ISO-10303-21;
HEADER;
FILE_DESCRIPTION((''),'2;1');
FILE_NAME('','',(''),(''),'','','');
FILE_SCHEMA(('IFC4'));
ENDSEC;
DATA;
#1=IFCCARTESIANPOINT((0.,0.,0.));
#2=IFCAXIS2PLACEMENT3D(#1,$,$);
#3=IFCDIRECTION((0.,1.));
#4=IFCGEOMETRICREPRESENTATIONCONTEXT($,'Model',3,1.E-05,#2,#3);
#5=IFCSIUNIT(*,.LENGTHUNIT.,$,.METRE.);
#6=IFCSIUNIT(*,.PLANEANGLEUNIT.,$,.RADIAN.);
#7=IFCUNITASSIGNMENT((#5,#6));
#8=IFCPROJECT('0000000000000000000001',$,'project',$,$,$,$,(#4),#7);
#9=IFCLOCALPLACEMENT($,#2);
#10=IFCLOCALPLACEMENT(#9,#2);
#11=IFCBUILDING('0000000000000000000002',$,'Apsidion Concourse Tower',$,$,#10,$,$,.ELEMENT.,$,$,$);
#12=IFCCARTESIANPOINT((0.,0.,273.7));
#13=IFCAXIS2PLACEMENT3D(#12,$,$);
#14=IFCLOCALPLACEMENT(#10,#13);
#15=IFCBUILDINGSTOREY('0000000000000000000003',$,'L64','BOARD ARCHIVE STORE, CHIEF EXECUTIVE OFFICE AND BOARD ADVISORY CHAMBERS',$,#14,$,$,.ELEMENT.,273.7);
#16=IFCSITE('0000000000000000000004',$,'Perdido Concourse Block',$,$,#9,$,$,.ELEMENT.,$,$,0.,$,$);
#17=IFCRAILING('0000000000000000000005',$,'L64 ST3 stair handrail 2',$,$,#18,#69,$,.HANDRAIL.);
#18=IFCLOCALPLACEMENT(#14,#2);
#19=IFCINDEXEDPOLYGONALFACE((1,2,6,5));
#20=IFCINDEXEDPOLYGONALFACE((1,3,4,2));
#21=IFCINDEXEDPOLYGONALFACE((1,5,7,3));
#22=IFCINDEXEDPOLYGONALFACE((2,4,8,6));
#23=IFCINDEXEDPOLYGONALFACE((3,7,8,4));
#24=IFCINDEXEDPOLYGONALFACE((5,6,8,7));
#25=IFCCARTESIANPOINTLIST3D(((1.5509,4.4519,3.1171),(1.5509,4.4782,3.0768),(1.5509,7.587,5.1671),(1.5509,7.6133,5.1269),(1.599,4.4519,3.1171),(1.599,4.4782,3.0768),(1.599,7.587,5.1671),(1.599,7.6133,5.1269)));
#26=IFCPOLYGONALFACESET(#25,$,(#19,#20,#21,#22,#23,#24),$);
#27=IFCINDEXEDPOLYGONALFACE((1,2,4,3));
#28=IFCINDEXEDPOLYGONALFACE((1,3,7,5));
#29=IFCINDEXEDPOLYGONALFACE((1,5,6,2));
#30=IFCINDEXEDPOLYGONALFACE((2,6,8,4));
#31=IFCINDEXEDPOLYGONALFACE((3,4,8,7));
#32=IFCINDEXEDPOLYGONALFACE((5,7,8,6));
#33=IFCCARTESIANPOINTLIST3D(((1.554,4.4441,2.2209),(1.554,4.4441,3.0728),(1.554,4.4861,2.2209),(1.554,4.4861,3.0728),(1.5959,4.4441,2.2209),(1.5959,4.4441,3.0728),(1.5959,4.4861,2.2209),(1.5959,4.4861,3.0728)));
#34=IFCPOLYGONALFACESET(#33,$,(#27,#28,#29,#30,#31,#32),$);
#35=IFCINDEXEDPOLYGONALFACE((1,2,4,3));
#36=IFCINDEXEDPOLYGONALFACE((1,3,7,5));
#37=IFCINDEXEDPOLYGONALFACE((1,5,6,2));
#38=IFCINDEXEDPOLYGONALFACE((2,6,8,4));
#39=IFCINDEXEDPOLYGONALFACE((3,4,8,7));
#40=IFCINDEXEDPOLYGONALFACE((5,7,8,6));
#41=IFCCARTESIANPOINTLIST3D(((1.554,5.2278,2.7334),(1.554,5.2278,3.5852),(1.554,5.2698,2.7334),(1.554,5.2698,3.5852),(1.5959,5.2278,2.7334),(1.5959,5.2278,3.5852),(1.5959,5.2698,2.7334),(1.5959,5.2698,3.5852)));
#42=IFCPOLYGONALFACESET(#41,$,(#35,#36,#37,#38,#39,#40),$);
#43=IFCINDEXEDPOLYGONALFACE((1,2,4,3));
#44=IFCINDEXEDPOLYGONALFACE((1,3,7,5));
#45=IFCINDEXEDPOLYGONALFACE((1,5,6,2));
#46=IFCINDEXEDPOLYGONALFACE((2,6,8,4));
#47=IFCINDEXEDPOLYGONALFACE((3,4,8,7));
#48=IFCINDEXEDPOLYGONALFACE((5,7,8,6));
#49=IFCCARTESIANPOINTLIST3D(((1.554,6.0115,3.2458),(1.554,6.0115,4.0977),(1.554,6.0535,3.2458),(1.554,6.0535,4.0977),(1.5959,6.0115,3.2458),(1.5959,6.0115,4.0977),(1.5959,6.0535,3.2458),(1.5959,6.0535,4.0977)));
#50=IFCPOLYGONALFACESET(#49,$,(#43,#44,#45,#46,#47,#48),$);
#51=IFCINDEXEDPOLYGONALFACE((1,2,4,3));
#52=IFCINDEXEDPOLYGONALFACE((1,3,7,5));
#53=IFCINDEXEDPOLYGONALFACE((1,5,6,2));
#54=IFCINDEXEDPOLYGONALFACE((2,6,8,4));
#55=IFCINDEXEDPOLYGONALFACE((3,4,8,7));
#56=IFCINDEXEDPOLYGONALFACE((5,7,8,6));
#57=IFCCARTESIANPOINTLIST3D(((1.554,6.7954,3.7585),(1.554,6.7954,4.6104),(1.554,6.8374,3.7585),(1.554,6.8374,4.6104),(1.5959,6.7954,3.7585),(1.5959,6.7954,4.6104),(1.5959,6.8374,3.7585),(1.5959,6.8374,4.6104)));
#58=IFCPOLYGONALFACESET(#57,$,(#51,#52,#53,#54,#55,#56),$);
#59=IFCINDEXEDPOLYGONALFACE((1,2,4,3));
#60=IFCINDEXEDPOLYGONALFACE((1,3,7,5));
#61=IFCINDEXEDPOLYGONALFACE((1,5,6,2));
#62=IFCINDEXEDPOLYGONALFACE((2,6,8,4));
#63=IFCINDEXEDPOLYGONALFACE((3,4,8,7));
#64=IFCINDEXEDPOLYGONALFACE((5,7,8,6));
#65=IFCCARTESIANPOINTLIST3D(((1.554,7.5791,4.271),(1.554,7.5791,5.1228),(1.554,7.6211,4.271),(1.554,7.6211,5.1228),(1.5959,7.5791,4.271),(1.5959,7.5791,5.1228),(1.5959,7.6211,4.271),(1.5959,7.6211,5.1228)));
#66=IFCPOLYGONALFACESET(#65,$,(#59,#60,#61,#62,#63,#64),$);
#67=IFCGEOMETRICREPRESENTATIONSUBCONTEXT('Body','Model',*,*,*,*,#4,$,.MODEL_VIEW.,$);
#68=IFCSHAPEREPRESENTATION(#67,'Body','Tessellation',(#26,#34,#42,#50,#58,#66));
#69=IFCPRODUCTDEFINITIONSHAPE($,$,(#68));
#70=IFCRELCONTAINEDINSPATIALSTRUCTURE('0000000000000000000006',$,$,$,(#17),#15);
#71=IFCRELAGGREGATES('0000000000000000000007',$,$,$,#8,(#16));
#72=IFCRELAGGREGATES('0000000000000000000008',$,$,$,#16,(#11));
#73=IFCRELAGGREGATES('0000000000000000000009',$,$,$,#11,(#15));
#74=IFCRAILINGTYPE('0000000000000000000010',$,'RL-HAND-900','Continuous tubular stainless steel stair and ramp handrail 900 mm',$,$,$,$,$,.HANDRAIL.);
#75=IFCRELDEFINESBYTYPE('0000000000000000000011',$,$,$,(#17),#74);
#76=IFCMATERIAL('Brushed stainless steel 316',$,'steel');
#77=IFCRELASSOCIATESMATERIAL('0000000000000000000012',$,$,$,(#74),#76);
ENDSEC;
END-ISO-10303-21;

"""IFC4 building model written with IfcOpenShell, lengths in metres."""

from ifc_helpers import new_model, si_unit, direction, frame, origin, origin_2d, place, context, subcontext, project, spatial, rectangle, extrude, material, type_object, element, save


model = new_model("IFC4")

# Units and contexts
model_context = context("Model", 3, precision=1e-05, world=origin(), true_north=direction((0.0, 1.0)))
body_context = subcontext(model_context, "Body", "Model", "MODEL_VIEW")
ifc_project = project(units=[si_unit("LENGTHUNIT", "METRE"), si_unit("PLANEANGLEUNIT", "RADIAN")], contexts=[model_context])

# Site, building, storey
site_placement = place(None, origin())
site = spatial("IfcSite", under=ifc_project, at=site_placement, Name="Perdido Concourse Block", CompositionType="ELEMENT", RefElevation=0.0)
building_placement = place(site_placement, origin())
building = spatial("IfcBuilding", under=site, at=building_placement, Name="Apsidion Concourse Tower", CompositionType="ELEMENT")
storey_placement = place(building_placement, frame((0.0, 0.0, 273.7)))
storey = spatial("IfcBuildingStorey", under=building, at=storey_placement, Name="L64", Description="BOARD ARCHIVE STORE, CHIEF EXECUTIVE OFFICE AND BOARD ADVISORY CHAMBERS", CompositionType="ELEMENT", Elevation=273.7)

# Railing
ifc_material_1 = material(Name="Brushed stainless steel 316", Category="steel")
railing_type_1 = type_object("IfcRailingType", Name="RL-HAND-900", Description="Continuous tubular stainless steel stair and ramp handrail 900 mm", PredefinedType="HANDRAIL", material=ifc_material_1)
railing_1_placement = place(storey_placement, frame((1.575, 4.4651, 2.2209)))
element("IfcRailing", 1, at=railing_1_placement, inside=storey, type_object=railing_type_1, Name="L64 ST3 stair handrail 2", PredefinedType="HANDRAIL", context=body_context, shape_type="SweptSolid", body=[
    extrude(rectangle(XDim=0.0481, YDim=0.0481, at=origin_2d()), frame((0.0, 0.0, 0.876), z_axis=(0.0, 0.836941, 0.547293), x_axis=(-1.0, 0.0, 0.0)), (0.0, 0.0, 1.0), 3.7458),
    extrude(rectangle(XDim=0.042, YDim=0.042, at=origin_2d()), origin(), (0.0, 0.0, 1.0), 0.8518),
    extrude(rectangle(XDim=0.042, YDim=0.042, at=origin_2d()), frame((0.0, 0.7837, 0.5125)), (0.0, 0.0, 1.0), 0.8518),
    extrude(rectangle(XDim=0.042, YDim=0.042, at=origin_2d()), frame((0.0, 1.5674, 1.0249)), (0.0, 0.0, 1.0), 0.8518),
    extrude(rectangle(XDim=0.042, YDim=0.042, at=origin_2d()), frame((0.0, 2.3513, 1.5376)), (0.0, 0.0, 1.0), 0.8518),
    extrude(rectangle(XDim=0.042, YDim=0.042, at=origin_2d()), frame((0.0, 3.135, 2.05)), (0.0, 0.0, 1.0), 0.8518),
])

save(model, "model.ifc")
